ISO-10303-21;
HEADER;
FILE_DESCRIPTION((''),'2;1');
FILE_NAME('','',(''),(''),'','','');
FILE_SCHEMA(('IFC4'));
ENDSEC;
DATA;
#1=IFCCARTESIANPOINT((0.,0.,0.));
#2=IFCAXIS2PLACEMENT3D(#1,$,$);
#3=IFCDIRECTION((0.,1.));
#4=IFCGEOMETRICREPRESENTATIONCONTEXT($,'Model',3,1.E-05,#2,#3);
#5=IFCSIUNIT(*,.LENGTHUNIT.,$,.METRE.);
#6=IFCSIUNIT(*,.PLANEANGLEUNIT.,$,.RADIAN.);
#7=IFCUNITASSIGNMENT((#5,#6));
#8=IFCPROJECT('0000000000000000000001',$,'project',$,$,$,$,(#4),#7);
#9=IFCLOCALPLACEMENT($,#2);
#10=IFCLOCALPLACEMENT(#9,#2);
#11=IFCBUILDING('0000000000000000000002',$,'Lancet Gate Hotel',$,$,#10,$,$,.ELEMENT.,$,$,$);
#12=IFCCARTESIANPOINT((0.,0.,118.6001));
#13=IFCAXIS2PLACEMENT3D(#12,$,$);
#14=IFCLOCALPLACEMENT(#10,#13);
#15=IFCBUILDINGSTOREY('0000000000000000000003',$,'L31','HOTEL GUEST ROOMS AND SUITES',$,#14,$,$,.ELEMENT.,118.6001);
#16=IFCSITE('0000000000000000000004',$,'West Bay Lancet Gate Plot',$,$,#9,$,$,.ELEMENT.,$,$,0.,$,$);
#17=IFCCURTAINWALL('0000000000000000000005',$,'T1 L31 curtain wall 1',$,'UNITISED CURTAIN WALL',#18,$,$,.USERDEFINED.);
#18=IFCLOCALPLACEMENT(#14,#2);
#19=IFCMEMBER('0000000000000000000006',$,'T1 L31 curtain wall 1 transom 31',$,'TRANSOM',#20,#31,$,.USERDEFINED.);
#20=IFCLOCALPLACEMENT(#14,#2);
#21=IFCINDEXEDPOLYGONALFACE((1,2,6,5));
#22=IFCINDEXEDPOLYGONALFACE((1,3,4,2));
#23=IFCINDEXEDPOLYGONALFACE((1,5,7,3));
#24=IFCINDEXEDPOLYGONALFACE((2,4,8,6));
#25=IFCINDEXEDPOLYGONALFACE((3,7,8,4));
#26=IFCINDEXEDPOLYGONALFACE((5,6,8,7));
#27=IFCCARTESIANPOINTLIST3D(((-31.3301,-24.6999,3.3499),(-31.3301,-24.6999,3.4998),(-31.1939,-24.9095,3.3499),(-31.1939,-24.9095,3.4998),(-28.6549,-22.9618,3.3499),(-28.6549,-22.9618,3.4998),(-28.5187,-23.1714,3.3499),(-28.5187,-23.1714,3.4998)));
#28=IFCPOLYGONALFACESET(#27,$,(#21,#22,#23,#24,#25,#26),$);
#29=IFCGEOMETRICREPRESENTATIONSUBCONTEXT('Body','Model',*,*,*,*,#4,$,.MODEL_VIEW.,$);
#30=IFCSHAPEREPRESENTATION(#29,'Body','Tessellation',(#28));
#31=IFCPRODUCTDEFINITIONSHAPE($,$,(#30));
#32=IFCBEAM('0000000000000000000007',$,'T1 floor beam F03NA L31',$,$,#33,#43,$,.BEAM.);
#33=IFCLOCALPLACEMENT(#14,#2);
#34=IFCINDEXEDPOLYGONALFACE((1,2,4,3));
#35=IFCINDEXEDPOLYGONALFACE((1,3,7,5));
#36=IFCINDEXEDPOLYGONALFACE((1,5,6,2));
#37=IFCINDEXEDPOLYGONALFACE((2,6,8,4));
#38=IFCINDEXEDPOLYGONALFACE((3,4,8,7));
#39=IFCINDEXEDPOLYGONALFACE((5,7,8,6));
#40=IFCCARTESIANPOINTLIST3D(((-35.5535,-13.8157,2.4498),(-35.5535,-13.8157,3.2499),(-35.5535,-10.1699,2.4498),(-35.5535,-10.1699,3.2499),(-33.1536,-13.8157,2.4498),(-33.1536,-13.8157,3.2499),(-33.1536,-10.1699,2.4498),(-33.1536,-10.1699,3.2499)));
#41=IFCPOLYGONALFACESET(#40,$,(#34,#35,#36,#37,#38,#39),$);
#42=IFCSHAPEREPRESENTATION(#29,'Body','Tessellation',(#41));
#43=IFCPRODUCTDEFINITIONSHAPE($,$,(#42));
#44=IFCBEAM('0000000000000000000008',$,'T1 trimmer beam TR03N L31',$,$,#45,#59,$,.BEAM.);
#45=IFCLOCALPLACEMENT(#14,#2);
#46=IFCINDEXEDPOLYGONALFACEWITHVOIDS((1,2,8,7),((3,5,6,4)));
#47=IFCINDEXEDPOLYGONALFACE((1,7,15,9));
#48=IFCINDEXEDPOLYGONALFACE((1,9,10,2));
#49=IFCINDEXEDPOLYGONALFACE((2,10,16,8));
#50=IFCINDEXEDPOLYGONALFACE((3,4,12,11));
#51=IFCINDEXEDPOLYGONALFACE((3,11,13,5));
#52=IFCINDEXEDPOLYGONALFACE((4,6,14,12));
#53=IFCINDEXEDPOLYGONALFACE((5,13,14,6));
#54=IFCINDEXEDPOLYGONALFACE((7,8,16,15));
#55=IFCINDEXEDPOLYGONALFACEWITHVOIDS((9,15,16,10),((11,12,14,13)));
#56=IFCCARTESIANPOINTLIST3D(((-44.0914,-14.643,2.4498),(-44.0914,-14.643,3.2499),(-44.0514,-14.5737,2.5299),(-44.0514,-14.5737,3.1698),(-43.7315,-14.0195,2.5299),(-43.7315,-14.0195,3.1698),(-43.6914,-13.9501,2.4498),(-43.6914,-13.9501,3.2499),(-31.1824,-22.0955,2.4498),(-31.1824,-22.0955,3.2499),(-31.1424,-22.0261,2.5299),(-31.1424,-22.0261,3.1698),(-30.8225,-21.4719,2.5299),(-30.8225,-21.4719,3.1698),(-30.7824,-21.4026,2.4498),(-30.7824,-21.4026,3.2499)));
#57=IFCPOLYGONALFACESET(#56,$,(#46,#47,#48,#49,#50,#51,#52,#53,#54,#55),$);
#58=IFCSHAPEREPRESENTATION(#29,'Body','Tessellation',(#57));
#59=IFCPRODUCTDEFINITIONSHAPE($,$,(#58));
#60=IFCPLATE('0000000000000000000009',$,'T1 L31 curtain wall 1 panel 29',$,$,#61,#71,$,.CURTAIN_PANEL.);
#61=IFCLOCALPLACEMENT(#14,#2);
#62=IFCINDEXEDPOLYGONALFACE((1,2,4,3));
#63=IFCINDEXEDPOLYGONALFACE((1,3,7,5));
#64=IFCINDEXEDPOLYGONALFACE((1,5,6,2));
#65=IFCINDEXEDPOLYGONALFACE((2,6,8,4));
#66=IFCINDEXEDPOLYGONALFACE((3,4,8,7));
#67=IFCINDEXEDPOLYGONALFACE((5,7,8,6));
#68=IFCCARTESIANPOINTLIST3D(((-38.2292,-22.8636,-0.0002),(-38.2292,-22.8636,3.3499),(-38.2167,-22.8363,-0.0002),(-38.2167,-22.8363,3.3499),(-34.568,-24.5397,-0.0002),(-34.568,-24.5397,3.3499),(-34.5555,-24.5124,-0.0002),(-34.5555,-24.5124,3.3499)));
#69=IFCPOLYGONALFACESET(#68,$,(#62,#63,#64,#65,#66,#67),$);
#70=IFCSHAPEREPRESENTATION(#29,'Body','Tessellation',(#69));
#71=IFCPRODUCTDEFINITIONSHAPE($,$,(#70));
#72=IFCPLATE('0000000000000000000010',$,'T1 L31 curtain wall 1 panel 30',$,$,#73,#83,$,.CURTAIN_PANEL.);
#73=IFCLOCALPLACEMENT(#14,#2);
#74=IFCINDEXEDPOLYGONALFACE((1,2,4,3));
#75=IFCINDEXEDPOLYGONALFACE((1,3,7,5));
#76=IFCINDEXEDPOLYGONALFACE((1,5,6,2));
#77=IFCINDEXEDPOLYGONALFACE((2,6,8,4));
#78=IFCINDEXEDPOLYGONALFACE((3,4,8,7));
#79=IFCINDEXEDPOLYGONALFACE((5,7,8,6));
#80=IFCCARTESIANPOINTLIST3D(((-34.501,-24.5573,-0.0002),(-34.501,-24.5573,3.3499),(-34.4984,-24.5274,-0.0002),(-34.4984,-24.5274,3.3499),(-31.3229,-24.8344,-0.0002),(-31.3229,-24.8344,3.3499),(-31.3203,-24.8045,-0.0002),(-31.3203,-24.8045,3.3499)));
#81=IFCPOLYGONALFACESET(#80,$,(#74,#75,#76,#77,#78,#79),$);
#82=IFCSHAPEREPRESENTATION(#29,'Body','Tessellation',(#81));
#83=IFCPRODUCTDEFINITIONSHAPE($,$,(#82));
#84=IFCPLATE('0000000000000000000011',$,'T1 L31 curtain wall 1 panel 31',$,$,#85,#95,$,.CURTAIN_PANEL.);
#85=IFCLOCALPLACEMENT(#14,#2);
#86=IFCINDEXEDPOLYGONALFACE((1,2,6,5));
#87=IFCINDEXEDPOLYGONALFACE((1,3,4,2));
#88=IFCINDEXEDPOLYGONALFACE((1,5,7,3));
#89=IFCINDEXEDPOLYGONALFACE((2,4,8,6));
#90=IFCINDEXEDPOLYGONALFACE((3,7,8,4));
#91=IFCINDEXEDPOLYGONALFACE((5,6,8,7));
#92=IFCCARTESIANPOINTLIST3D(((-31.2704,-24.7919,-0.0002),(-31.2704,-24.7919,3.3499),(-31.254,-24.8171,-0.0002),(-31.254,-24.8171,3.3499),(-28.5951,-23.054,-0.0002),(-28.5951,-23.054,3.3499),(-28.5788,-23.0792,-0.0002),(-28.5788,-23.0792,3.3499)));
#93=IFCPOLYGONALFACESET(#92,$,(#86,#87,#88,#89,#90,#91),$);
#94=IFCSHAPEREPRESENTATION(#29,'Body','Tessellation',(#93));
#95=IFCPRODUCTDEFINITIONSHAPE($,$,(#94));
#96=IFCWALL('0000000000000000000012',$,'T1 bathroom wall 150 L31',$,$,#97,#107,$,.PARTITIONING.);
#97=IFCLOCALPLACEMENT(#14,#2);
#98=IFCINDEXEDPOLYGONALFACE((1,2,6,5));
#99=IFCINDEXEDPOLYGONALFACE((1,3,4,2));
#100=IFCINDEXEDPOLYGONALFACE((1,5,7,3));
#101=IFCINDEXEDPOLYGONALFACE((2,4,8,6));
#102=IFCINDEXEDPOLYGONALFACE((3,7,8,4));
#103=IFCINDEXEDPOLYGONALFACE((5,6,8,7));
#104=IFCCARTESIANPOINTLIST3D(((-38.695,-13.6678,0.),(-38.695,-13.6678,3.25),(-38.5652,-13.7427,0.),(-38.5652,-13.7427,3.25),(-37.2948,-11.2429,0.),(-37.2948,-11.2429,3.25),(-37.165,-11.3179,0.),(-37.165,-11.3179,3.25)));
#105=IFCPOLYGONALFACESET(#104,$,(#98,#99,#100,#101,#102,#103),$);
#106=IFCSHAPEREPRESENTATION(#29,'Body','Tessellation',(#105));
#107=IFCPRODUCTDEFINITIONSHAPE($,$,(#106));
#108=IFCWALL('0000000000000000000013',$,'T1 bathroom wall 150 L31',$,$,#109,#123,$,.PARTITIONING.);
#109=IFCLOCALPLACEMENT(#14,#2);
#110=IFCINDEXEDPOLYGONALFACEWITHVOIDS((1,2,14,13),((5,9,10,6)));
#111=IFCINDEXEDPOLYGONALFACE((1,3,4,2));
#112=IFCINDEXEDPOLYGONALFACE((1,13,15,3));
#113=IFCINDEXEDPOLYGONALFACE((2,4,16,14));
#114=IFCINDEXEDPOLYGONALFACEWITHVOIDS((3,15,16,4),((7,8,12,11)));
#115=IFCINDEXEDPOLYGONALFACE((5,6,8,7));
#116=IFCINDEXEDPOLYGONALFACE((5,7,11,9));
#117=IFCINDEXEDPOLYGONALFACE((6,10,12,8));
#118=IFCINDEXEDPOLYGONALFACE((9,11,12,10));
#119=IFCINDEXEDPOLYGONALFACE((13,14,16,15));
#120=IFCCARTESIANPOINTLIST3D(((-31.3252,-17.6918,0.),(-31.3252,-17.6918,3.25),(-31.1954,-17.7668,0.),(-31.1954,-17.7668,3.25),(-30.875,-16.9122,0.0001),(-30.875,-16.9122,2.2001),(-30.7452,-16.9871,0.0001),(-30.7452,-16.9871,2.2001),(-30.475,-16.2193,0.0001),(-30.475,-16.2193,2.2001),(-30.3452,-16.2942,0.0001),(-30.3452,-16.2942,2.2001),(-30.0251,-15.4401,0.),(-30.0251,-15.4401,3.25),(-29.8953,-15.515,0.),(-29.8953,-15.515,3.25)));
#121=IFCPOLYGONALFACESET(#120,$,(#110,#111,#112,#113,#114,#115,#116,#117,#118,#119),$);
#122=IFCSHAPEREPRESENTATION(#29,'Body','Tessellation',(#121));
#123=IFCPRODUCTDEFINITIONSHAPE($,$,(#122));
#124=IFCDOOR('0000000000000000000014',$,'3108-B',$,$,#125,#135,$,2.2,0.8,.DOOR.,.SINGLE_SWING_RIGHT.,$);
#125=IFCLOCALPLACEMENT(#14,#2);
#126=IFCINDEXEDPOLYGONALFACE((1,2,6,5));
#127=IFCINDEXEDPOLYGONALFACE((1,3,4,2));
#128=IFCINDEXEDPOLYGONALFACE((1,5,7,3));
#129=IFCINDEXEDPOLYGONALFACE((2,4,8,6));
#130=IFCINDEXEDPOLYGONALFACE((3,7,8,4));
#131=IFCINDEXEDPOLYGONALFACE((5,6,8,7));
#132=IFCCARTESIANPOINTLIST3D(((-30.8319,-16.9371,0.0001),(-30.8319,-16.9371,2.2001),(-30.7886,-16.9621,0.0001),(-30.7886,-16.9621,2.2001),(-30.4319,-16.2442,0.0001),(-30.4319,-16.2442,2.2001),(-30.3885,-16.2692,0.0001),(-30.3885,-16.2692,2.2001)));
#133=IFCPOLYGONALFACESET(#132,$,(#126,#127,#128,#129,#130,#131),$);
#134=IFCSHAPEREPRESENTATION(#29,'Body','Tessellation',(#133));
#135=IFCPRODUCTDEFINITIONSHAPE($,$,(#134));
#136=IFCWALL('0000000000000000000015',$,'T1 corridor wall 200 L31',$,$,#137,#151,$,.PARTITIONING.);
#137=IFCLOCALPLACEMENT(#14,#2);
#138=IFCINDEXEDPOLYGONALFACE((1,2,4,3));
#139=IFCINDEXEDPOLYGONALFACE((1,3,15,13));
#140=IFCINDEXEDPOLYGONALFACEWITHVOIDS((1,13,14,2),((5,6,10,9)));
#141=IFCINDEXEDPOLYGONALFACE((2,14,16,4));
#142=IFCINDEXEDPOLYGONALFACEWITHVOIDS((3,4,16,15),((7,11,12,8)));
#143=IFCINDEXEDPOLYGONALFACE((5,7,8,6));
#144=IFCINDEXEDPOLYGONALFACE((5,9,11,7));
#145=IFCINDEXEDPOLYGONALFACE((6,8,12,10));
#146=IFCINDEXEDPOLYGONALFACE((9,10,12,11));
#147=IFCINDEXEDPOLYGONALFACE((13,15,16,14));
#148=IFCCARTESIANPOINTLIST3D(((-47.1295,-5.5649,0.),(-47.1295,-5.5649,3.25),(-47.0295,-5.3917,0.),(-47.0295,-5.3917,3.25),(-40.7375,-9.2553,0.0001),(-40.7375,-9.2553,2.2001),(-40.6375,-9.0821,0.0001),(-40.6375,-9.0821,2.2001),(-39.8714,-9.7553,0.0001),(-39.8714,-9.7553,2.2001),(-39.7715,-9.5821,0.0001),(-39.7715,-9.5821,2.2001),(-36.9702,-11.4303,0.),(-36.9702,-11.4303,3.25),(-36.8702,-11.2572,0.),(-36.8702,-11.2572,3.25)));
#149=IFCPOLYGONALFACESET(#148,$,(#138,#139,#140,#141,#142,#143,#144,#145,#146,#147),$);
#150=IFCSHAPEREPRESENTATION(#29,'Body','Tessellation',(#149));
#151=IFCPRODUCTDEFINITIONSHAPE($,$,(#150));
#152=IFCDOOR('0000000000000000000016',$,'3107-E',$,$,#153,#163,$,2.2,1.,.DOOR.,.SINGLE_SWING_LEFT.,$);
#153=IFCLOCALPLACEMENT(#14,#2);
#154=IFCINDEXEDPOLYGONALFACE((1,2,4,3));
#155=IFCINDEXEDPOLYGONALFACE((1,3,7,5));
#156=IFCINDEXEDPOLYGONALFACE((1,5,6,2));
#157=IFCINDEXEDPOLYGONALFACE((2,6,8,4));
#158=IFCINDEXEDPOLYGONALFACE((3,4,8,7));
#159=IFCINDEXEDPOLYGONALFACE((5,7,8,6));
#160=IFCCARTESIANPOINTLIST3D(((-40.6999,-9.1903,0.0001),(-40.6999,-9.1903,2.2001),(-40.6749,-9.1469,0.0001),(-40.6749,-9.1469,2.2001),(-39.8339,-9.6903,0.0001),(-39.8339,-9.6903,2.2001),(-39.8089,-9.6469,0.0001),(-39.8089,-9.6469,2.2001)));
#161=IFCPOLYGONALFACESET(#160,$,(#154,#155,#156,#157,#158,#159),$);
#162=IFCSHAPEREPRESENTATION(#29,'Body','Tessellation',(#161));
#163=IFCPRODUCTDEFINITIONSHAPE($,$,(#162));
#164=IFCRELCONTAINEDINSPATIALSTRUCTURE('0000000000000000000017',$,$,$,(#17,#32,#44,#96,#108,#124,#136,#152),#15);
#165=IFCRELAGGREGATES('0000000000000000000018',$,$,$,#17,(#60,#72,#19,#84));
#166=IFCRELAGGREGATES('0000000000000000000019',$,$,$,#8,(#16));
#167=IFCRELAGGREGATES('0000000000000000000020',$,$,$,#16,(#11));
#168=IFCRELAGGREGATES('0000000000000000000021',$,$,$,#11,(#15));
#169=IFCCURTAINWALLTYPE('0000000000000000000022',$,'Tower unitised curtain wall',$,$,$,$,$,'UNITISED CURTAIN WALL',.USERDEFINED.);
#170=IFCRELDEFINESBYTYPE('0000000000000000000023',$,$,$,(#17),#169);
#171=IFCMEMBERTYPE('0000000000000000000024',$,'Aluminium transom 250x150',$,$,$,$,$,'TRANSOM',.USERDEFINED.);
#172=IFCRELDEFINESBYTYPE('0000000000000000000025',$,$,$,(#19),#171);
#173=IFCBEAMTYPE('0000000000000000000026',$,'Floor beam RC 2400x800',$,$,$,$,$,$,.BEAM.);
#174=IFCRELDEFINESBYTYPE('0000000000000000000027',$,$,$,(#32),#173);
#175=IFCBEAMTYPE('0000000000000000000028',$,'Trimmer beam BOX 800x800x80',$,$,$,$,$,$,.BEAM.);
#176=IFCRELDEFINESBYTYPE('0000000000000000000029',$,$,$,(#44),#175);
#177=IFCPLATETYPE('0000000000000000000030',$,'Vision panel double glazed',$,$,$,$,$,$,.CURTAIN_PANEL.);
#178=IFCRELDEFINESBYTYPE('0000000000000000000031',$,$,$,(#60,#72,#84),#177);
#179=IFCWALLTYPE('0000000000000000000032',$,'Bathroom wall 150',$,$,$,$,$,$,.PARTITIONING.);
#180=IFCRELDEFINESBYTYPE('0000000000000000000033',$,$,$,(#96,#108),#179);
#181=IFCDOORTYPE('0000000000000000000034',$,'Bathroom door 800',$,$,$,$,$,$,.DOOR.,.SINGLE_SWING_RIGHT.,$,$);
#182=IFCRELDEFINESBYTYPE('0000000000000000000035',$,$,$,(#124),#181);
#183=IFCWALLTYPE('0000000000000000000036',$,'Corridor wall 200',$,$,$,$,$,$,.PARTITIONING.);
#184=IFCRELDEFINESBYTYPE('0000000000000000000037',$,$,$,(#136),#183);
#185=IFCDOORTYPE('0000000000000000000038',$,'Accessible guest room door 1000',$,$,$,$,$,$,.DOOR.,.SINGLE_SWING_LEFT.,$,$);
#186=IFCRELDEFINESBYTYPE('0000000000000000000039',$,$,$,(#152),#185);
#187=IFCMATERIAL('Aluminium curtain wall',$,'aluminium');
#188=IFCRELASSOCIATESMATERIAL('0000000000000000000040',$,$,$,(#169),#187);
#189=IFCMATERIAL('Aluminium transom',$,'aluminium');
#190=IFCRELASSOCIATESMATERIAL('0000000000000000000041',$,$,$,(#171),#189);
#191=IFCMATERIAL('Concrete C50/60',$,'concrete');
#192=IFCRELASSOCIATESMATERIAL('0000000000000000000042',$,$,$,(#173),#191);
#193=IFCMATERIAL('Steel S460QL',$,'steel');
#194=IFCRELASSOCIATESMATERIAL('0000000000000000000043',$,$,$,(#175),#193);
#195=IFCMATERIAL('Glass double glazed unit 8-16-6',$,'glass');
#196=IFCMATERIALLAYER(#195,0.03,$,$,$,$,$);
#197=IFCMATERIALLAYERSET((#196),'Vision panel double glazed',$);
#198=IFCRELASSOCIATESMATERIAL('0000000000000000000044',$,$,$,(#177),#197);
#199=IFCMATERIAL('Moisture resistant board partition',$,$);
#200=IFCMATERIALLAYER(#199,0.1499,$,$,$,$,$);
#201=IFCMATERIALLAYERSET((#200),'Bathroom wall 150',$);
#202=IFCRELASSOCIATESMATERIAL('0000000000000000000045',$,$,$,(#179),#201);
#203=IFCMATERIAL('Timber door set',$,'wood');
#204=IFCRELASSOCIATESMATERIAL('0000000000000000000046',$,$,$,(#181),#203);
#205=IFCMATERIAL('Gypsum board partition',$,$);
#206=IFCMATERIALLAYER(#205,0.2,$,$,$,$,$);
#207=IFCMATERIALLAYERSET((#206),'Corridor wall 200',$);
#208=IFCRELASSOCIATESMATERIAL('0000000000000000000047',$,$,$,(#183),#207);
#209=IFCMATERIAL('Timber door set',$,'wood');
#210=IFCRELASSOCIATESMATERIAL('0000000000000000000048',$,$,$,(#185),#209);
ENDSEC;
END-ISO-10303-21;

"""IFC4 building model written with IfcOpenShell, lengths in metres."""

from ifc_helpers import new_model, si_unit, direction, frame, frame_2d, origin, origin_2d, place, context, subcontext, project, spatial, rectangle, hollow_rectangle, extrude, material, layer, layer_set, material_profile, profile_set, type_object, element, fill, aggregate, save


model = new_model("IFC4")

# Units and contexts
model_context = context("Model", 3, precision=1e-05, world=origin(), true_north=direction((0.0, 1.0)))
body_context = subcontext(model_context, "Body", "Model", "MODEL_VIEW")
ifc_project = project(units=[si_unit("LENGTHUNIT", "METRE"), si_unit("PLANEANGLEUNIT", "RADIAN")], contexts=[model_context])

# Site, building, storey
site_placement = place(None, origin())
site = spatial("IfcSite", under=ifc_project, at=site_placement, Name="West Bay Lancet Gate Plot", CompositionType="ELEMENT", RefElevation=0.0)
building_placement = place(site_placement, origin())
building = spatial("IfcBuilding", under=site, at=building_placement, Name="Lancet Gate Hotel", CompositionType="ELEMENT")
storey_placement = place(building_placement, frame((0.0, 0.0, 118.6001)))
storey = spatial("IfcBuildingStorey", under=building, at=storey_placement, Name="L31", Description="HOTEL GUEST ROOMS AND SUITES", CompositionType="ELEMENT", Elevation=118.6001)

# Curtain wall, member
ifc_material_1 = material(Name="Aluminium curtain wall", Category="aluminium")
curtain_wall_type = type_object("IfcCurtainWallType", Name="Tower unitised curtain wall", ElementType="UNITISED CURTAIN WALL", PredefinedType="USERDEFINED", material=ifc_material_1)
curtain_wall_placement = place(storey_placement, origin())
curtain_wall = element("IfcCurtainWall", 1, at=curtain_wall_placement, inside=storey, type_object=curtain_wall_type, Name="T1 L31 curtain wall 1", ObjectType="UNITISED CURTAIN WALL", PredefinedType="USERDEFINED")
ifc_material_2 = material(Name="Aluminium transom", Category="aluminium")
ifc_material_profile_1 = material_profile(ifc_material_2, rectangle(XDim=0.25, YDim=0.1499, at=origin_2d()), Name="TRANSOM 250x150")
ifc_profile_set_1 = profile_set([ifc_material_profile_1], Name="Aluminium transom")
member_type_1 = type_object("IfcMemberType", Name="Aluminium transom 250x150", ElementType="TRANSOM", PredefinedType="USERDEFINED", material=ifc_profile_set_1)
member_1_placement = place(storey_placement, frame((-31.262, -24.8047, 3.4248), z_axis=(0.83855, 0.544824, 0.0), x_axis=(-0.544824, 0.83855, 0.0)))
member_1 = element("IfcMember", 2, at=member_1_placement, type_object=member_type_1, Name="T1 L31 curtain wall 1 transom 31", ObjectType="TRANSOM", PredefinedType="USERDEFINED", context=body_context, shape_type="SweptSolid", body=[
    extrude(rectangle(XDim=0.25, YDim=0.1499, at=origin_2d()), origin(), (0.0, 0.0, 1.0), 3.1902),
])

# Beams
ifc_material_3 = material(Name="Concrete C50/60", Category="concrete")
ifc_material_profile_2 = material_profile(ifc_material_3, rectangle(XDim=2.3999, YDim=0.8, at=origin_2d()), Name="RC 2400x800")
ifc_profile_set_2 = profile_set([ifc_material_profile_2], Name="Concrete C50/60")
beam_type_1 = type_object("IfcBeamType", Name="Floor beam RC 2400x800", PredefinedType="BEAM", material=ifc_profile_set_2)
beam_1_placement = place(storey_placement, frame((-34.3535, -10.1699, 2.8499), z_axis=(0.0, -1.0, 0.0), x_axis=(1.0, 0.0, 0.0)))
element("IfcBeam", 3, at=beam_1_placement, inside=storey, type_object=beam_type_1, Name="T1 floor beam F03NA L31", PredefinedType="BEAM", context=body_context, shape_type="SweptSolid", body=[
    extrude(rectangle(XDim=2.3999, YDim=0.8, at=origin_2d()), origin(), (0.0, 0.0, 1.0), 3.6458),
])
ifc_material_4 = material(Name="Steel S460QL", Category="steel")
ifc_material_profile_3 = material_profile(ifc_material_4, hollow_rectangle(XDim=0.8, YDim=0.8, WallThickness=0.0801, at=origin_2d()), Name="BOX 800x800x80")
ifc_profile_set_3 = profile_set([ifc_material_profile_3], Name="Steel S460QL")
beam_type_2 = type_object("IfcBeamType", Name="Trimmer beam BOX 800x800x80", PredefinedType="BEAM", material=ifc_profile_set_3)
beam_2_placement = place(storey_placement, frame((-30.9824, -21.749, 2.8499), z_axis=(-0.866042, 0.499971, 0.0), x_axis=(-0.499971, -0.866042, 0.0)))
element("IfcBeam", 4, at=beam_2_placement, inside=storey, type_object=beam_type_2, Name="T1 trimmer beam TR03N L31", PredefinedType="BEAM", context=body_context, shape_type="SweptSolid", body=[
    extrude(hollow_rectangle(XDim=0.8, YDim=0.8, WallThickness=0.0801, at=origin_2d()), origin(), (0.0, 0.0, 1.0), 14.9058),
])

# Plates
ifc_material_5 = material(Name="Glass double glazed unit 8-16-6", Category="glass")
ifc_layer_1 = layer(ifc_material_5, 0.03)
ifc_layer_set_1 = layer_set([ifc_layer_1], Name="Vision panel double glazed")
plate_type = type_object("IfcPlateType", Name="Vision panel double glazed", PredefinedType="CURTAIN_PANEL", material=ifc_layer_set_1)
plate_1_placement = place(storey_placement, frame((-36.3923, -23.688, -0.0002), z_axis=(0.0, 0.0, 1.0), x_axis=(0.909253, -0.416245, 0.0)))
plate_1 = element("IfcPlate", 5, at=plate_1_placement, type_object=plate_type, Name="T1 L31 curtain wall 1 panel 29", PredefinedType="CURTAIN_PANEL", context=body_context, shape_type="SweptSolid", body=[
    extrude(rectangle(XDim=4.0266, YDim=0.03, at=origin_2d()), origin(), (0.0, 0.0, 1.0), 3.3501),
])
plate_2_placement = place(storey_placement, frame((-32.9106, -24.6809, -0.0002), z_axis=(0.0, 0.0, 1.0), x_axis=(0.996219, -0.08688, 0.0)))
plate_2 = element("IfcPlate", 6, at=plate_2_placement, type_object=plate_type, Name="T1 L31 curtain wall 1 panel 30", PredefinedType="CURTAIN_PANEL", context=body_context, shape_type="SweptSolid", body=[
    extrude(rectangle(XDim=3.1902, YDim=0.03, at=origin_2d()), origin(), (0.0, 0.0, 1.0), 3.3501),
])
plate_3_placement = place(storey_placement, frame((-29.9246, -23.9355, -0.0002), z_axis=(0.0, 0.0, 1.0), x_axis=(0.83858, 0.544778, 0.0)))
plate_3 = element("IfcPlate", 7, at=plate_3_placement, type_object=plate_type, Name="T1 L31 curtain wall 1 panel 31", PredefinedType="CURTAIN_PANEL", context=body_context, shape_type="SweptSolid", body=[
    extrude(rectangle(XDim=3.1902, YDim=0.03, at=origin_2d()), origin(), (0.0, 0.0, 1.0), 3.3501),
])
aggregate(curtain_wall, [plate_1, plate_2, member_1, plate_3])

# Wall
ifc_material_6 = material(Name="Moisture resistant board partition")
ifc_layer_2 = layer(ifc_material_6, 0.1499)
ifc_layer_set_2 = layer_set([ifc_layer_2], Name="Bathroom wall 150")
wall_type_1 = type_object("IfcWallType", Name="Bathroom wall 150", PredefinedType="PARTITIONING", material=ifc_layer_set_2)
wall_1_placement = place(storey_placement, frame((-37.23, -11.2805, 0.0), z_axis=(0.0, 0.0, 1.0), x_axis=(-0.50005, -0.865997, 0.0)))
element("IfcWall", 8, at=wall_1_placement, inside=storey, type_object=wall_type_1, Name="T1 bathroom wall 150 L31", PredefinedType="PARTITIONING", context=body_context, shape_type="SweptSolid", body=[
    extrude(rectangle(XDim=2.8, YDim=0.1499, at=frame_2d((1.3999, 0.0))), origin(), (0.0, 0.0, 1.0), 3.25),
])

# Walls, openings, doors
wall_2_placement = place(storey_placement, frame((-29.9602, -15.4775, 0.0), z_axis=(0.0, 0.0, 1.0), x_axis=(-0.500007, -0.866021, 0.0)))
wall_2 = element("IfcWall", 9, at=wall_2_placement, inside=storey, type_object=wall_type_1, Name="T1 bathroom wall 150 L31", PredefinedType="PARTITIONING", context=body_context, shape_type="SweptSolid", body=[
    extrude(rectangle(XDim=2.6001, YDim=0.1499, at=frame_2d((1.3, 0.0))), origin(), (0.0, 0.0, 1.0), 3.25),
])
opening_1_placement = place(wall_2_placement, frame((0.8999, 0.0, 0.0)))
opening_1 = element("IfcOpeningElement", 10, at=opening_1_placement, cuts=wall_2, PredefinedType="OPENING", context=body_context, shape_type="SweptSolid", body=[
    extrude(rectangle(XDim=0.8, YDim=2.2, at=frame_2d((0.3999, 1.1001))), frame((0.0, 0.085, 0.0), z_axis=(0.0, -1.0, 0.0), x_axis=(1.0, 0.0, 0.0)), (0.0, 0.0, 1.0), 0.1699),
])
ifc_material_7 = material(Name="Timber door set", Category="wood")
door_type_1 = type_object("IfcDoorType", Name="Bathroom door 800", OperationType="SINGLE_SWING_RIGHT", PredefinedType="DOOR", material=ifc_material_7)
door_1_placement = place(opening_1_placement, origin())
door_1 = element("IfcDoor", 11, at=door_1_placement, inside=storey, type_object=door_type_1, Name="3108-B", OperationType="SINGLE_SWING_RIGHT", OverallHeight=2.2, OverallWidth=0.8, PredefinedType="DOOR", context=body_context, shape_type="SweptSolid", body=[
    extrude(rectangle(XDim=0.8, YDim=2.2, at=frame_2d((0.3999, 1.1001))), frame((0.0, 0.0249, 0.0), z_axis=(0.0, -1.0, 0.0), x_axis=(1.0, 0.0, 0.0)), (0.0, 0.0, 1.0), 0.05),
])
fill(opening_1, door_1)
ifc_material_8 = material(Name="Gypsum board partition")
ifc_layer_3 = layer(ifc_material_8, 0.2)
ifc_layer_set_3 = layer_set([ifc_layer_3], Name="Corridor wall 200")
wall_type_2 = type_object("IfcWallType", Name="Corridor wall 200", PredefinedType="PARTITIONING", material=ifc_layer_set_3)
wall_3_placement = place(storey_placement, frame((-36.9202, -11.3438, 0.0), z_axis=(0.0, 0.0, 1.0), x_axis=(-0.866028, 0.499996, 0.0)))
wall_3 = element("IfcWall", 12, at=wall_3_placement, inside=storey, type_object=wall_type_2, Name="T1 corridor wall 200 L31", PredefinedType="PARTITIONING", context=body_context, shape_type="SweptSolid", body=[
    extrude(rectangle(XDim=11.731, YDim=0.2, at=frame_2d((5.8655, 0.0))), origin(), (0.0, 0.0, 1.0), 3.25),
])
opening_2_placement = place(wall_3_placement, frame((3.3501, 0.0, 0.0)))
opening_2 = element("IfcOpeningElement", 13, at=opening_2_placement, cuts=wall_3, PredefinedType="OPENING", context=body_context, shape_type="SweptSolid", body=[
    extrude(rectangle(XDim=1.0, YDim=2.2, at=frame_2d((0.5, 1.1001))), frame((0.0, 0.1099, 0.0), z_axis=(0.0, -1.0, 0.0), x_axis=(1.0, 0.0, 0.0)), (0.0, 0.0, 1.0), 0.22),
])
ifc_material_9 = material(Name="Timber door set", Category="wood")
door_type_2 = type_object("IfcDoorType", Name="Accessible guest room door 1000", OperationType="SINGLE_SWING_LEFT", PredefinedType="DOOR", material=ifc_material_9)
door_2_placement = place(opening_2_placement, origin())
door_2 = element("IfcDoor", 14, at=door_2_placement, inside=storey, type_object=door_type_2, Name="3107-E", OperationType="SINGLE_SWING_LEFT", OverallHeight=2.2, OverallWidth=1.0, PredefinedType="DOOR", context=body_context, shape_type="SweptSolid", body=[
    extrude(rectangle(XDim=1.0, YDim=2.2, at=frame_2d((0.5, 1.1001))), frame((0.0, 0.0249, 0.0), z_axis=(0.0, -1.0, 0.0), x_axis=(1.0, 0.0, 0.0)), (0.0, 0.0, 1.0), 0.05),
])
fill(opening_2, door_2)

save(model, "model.ifc")
